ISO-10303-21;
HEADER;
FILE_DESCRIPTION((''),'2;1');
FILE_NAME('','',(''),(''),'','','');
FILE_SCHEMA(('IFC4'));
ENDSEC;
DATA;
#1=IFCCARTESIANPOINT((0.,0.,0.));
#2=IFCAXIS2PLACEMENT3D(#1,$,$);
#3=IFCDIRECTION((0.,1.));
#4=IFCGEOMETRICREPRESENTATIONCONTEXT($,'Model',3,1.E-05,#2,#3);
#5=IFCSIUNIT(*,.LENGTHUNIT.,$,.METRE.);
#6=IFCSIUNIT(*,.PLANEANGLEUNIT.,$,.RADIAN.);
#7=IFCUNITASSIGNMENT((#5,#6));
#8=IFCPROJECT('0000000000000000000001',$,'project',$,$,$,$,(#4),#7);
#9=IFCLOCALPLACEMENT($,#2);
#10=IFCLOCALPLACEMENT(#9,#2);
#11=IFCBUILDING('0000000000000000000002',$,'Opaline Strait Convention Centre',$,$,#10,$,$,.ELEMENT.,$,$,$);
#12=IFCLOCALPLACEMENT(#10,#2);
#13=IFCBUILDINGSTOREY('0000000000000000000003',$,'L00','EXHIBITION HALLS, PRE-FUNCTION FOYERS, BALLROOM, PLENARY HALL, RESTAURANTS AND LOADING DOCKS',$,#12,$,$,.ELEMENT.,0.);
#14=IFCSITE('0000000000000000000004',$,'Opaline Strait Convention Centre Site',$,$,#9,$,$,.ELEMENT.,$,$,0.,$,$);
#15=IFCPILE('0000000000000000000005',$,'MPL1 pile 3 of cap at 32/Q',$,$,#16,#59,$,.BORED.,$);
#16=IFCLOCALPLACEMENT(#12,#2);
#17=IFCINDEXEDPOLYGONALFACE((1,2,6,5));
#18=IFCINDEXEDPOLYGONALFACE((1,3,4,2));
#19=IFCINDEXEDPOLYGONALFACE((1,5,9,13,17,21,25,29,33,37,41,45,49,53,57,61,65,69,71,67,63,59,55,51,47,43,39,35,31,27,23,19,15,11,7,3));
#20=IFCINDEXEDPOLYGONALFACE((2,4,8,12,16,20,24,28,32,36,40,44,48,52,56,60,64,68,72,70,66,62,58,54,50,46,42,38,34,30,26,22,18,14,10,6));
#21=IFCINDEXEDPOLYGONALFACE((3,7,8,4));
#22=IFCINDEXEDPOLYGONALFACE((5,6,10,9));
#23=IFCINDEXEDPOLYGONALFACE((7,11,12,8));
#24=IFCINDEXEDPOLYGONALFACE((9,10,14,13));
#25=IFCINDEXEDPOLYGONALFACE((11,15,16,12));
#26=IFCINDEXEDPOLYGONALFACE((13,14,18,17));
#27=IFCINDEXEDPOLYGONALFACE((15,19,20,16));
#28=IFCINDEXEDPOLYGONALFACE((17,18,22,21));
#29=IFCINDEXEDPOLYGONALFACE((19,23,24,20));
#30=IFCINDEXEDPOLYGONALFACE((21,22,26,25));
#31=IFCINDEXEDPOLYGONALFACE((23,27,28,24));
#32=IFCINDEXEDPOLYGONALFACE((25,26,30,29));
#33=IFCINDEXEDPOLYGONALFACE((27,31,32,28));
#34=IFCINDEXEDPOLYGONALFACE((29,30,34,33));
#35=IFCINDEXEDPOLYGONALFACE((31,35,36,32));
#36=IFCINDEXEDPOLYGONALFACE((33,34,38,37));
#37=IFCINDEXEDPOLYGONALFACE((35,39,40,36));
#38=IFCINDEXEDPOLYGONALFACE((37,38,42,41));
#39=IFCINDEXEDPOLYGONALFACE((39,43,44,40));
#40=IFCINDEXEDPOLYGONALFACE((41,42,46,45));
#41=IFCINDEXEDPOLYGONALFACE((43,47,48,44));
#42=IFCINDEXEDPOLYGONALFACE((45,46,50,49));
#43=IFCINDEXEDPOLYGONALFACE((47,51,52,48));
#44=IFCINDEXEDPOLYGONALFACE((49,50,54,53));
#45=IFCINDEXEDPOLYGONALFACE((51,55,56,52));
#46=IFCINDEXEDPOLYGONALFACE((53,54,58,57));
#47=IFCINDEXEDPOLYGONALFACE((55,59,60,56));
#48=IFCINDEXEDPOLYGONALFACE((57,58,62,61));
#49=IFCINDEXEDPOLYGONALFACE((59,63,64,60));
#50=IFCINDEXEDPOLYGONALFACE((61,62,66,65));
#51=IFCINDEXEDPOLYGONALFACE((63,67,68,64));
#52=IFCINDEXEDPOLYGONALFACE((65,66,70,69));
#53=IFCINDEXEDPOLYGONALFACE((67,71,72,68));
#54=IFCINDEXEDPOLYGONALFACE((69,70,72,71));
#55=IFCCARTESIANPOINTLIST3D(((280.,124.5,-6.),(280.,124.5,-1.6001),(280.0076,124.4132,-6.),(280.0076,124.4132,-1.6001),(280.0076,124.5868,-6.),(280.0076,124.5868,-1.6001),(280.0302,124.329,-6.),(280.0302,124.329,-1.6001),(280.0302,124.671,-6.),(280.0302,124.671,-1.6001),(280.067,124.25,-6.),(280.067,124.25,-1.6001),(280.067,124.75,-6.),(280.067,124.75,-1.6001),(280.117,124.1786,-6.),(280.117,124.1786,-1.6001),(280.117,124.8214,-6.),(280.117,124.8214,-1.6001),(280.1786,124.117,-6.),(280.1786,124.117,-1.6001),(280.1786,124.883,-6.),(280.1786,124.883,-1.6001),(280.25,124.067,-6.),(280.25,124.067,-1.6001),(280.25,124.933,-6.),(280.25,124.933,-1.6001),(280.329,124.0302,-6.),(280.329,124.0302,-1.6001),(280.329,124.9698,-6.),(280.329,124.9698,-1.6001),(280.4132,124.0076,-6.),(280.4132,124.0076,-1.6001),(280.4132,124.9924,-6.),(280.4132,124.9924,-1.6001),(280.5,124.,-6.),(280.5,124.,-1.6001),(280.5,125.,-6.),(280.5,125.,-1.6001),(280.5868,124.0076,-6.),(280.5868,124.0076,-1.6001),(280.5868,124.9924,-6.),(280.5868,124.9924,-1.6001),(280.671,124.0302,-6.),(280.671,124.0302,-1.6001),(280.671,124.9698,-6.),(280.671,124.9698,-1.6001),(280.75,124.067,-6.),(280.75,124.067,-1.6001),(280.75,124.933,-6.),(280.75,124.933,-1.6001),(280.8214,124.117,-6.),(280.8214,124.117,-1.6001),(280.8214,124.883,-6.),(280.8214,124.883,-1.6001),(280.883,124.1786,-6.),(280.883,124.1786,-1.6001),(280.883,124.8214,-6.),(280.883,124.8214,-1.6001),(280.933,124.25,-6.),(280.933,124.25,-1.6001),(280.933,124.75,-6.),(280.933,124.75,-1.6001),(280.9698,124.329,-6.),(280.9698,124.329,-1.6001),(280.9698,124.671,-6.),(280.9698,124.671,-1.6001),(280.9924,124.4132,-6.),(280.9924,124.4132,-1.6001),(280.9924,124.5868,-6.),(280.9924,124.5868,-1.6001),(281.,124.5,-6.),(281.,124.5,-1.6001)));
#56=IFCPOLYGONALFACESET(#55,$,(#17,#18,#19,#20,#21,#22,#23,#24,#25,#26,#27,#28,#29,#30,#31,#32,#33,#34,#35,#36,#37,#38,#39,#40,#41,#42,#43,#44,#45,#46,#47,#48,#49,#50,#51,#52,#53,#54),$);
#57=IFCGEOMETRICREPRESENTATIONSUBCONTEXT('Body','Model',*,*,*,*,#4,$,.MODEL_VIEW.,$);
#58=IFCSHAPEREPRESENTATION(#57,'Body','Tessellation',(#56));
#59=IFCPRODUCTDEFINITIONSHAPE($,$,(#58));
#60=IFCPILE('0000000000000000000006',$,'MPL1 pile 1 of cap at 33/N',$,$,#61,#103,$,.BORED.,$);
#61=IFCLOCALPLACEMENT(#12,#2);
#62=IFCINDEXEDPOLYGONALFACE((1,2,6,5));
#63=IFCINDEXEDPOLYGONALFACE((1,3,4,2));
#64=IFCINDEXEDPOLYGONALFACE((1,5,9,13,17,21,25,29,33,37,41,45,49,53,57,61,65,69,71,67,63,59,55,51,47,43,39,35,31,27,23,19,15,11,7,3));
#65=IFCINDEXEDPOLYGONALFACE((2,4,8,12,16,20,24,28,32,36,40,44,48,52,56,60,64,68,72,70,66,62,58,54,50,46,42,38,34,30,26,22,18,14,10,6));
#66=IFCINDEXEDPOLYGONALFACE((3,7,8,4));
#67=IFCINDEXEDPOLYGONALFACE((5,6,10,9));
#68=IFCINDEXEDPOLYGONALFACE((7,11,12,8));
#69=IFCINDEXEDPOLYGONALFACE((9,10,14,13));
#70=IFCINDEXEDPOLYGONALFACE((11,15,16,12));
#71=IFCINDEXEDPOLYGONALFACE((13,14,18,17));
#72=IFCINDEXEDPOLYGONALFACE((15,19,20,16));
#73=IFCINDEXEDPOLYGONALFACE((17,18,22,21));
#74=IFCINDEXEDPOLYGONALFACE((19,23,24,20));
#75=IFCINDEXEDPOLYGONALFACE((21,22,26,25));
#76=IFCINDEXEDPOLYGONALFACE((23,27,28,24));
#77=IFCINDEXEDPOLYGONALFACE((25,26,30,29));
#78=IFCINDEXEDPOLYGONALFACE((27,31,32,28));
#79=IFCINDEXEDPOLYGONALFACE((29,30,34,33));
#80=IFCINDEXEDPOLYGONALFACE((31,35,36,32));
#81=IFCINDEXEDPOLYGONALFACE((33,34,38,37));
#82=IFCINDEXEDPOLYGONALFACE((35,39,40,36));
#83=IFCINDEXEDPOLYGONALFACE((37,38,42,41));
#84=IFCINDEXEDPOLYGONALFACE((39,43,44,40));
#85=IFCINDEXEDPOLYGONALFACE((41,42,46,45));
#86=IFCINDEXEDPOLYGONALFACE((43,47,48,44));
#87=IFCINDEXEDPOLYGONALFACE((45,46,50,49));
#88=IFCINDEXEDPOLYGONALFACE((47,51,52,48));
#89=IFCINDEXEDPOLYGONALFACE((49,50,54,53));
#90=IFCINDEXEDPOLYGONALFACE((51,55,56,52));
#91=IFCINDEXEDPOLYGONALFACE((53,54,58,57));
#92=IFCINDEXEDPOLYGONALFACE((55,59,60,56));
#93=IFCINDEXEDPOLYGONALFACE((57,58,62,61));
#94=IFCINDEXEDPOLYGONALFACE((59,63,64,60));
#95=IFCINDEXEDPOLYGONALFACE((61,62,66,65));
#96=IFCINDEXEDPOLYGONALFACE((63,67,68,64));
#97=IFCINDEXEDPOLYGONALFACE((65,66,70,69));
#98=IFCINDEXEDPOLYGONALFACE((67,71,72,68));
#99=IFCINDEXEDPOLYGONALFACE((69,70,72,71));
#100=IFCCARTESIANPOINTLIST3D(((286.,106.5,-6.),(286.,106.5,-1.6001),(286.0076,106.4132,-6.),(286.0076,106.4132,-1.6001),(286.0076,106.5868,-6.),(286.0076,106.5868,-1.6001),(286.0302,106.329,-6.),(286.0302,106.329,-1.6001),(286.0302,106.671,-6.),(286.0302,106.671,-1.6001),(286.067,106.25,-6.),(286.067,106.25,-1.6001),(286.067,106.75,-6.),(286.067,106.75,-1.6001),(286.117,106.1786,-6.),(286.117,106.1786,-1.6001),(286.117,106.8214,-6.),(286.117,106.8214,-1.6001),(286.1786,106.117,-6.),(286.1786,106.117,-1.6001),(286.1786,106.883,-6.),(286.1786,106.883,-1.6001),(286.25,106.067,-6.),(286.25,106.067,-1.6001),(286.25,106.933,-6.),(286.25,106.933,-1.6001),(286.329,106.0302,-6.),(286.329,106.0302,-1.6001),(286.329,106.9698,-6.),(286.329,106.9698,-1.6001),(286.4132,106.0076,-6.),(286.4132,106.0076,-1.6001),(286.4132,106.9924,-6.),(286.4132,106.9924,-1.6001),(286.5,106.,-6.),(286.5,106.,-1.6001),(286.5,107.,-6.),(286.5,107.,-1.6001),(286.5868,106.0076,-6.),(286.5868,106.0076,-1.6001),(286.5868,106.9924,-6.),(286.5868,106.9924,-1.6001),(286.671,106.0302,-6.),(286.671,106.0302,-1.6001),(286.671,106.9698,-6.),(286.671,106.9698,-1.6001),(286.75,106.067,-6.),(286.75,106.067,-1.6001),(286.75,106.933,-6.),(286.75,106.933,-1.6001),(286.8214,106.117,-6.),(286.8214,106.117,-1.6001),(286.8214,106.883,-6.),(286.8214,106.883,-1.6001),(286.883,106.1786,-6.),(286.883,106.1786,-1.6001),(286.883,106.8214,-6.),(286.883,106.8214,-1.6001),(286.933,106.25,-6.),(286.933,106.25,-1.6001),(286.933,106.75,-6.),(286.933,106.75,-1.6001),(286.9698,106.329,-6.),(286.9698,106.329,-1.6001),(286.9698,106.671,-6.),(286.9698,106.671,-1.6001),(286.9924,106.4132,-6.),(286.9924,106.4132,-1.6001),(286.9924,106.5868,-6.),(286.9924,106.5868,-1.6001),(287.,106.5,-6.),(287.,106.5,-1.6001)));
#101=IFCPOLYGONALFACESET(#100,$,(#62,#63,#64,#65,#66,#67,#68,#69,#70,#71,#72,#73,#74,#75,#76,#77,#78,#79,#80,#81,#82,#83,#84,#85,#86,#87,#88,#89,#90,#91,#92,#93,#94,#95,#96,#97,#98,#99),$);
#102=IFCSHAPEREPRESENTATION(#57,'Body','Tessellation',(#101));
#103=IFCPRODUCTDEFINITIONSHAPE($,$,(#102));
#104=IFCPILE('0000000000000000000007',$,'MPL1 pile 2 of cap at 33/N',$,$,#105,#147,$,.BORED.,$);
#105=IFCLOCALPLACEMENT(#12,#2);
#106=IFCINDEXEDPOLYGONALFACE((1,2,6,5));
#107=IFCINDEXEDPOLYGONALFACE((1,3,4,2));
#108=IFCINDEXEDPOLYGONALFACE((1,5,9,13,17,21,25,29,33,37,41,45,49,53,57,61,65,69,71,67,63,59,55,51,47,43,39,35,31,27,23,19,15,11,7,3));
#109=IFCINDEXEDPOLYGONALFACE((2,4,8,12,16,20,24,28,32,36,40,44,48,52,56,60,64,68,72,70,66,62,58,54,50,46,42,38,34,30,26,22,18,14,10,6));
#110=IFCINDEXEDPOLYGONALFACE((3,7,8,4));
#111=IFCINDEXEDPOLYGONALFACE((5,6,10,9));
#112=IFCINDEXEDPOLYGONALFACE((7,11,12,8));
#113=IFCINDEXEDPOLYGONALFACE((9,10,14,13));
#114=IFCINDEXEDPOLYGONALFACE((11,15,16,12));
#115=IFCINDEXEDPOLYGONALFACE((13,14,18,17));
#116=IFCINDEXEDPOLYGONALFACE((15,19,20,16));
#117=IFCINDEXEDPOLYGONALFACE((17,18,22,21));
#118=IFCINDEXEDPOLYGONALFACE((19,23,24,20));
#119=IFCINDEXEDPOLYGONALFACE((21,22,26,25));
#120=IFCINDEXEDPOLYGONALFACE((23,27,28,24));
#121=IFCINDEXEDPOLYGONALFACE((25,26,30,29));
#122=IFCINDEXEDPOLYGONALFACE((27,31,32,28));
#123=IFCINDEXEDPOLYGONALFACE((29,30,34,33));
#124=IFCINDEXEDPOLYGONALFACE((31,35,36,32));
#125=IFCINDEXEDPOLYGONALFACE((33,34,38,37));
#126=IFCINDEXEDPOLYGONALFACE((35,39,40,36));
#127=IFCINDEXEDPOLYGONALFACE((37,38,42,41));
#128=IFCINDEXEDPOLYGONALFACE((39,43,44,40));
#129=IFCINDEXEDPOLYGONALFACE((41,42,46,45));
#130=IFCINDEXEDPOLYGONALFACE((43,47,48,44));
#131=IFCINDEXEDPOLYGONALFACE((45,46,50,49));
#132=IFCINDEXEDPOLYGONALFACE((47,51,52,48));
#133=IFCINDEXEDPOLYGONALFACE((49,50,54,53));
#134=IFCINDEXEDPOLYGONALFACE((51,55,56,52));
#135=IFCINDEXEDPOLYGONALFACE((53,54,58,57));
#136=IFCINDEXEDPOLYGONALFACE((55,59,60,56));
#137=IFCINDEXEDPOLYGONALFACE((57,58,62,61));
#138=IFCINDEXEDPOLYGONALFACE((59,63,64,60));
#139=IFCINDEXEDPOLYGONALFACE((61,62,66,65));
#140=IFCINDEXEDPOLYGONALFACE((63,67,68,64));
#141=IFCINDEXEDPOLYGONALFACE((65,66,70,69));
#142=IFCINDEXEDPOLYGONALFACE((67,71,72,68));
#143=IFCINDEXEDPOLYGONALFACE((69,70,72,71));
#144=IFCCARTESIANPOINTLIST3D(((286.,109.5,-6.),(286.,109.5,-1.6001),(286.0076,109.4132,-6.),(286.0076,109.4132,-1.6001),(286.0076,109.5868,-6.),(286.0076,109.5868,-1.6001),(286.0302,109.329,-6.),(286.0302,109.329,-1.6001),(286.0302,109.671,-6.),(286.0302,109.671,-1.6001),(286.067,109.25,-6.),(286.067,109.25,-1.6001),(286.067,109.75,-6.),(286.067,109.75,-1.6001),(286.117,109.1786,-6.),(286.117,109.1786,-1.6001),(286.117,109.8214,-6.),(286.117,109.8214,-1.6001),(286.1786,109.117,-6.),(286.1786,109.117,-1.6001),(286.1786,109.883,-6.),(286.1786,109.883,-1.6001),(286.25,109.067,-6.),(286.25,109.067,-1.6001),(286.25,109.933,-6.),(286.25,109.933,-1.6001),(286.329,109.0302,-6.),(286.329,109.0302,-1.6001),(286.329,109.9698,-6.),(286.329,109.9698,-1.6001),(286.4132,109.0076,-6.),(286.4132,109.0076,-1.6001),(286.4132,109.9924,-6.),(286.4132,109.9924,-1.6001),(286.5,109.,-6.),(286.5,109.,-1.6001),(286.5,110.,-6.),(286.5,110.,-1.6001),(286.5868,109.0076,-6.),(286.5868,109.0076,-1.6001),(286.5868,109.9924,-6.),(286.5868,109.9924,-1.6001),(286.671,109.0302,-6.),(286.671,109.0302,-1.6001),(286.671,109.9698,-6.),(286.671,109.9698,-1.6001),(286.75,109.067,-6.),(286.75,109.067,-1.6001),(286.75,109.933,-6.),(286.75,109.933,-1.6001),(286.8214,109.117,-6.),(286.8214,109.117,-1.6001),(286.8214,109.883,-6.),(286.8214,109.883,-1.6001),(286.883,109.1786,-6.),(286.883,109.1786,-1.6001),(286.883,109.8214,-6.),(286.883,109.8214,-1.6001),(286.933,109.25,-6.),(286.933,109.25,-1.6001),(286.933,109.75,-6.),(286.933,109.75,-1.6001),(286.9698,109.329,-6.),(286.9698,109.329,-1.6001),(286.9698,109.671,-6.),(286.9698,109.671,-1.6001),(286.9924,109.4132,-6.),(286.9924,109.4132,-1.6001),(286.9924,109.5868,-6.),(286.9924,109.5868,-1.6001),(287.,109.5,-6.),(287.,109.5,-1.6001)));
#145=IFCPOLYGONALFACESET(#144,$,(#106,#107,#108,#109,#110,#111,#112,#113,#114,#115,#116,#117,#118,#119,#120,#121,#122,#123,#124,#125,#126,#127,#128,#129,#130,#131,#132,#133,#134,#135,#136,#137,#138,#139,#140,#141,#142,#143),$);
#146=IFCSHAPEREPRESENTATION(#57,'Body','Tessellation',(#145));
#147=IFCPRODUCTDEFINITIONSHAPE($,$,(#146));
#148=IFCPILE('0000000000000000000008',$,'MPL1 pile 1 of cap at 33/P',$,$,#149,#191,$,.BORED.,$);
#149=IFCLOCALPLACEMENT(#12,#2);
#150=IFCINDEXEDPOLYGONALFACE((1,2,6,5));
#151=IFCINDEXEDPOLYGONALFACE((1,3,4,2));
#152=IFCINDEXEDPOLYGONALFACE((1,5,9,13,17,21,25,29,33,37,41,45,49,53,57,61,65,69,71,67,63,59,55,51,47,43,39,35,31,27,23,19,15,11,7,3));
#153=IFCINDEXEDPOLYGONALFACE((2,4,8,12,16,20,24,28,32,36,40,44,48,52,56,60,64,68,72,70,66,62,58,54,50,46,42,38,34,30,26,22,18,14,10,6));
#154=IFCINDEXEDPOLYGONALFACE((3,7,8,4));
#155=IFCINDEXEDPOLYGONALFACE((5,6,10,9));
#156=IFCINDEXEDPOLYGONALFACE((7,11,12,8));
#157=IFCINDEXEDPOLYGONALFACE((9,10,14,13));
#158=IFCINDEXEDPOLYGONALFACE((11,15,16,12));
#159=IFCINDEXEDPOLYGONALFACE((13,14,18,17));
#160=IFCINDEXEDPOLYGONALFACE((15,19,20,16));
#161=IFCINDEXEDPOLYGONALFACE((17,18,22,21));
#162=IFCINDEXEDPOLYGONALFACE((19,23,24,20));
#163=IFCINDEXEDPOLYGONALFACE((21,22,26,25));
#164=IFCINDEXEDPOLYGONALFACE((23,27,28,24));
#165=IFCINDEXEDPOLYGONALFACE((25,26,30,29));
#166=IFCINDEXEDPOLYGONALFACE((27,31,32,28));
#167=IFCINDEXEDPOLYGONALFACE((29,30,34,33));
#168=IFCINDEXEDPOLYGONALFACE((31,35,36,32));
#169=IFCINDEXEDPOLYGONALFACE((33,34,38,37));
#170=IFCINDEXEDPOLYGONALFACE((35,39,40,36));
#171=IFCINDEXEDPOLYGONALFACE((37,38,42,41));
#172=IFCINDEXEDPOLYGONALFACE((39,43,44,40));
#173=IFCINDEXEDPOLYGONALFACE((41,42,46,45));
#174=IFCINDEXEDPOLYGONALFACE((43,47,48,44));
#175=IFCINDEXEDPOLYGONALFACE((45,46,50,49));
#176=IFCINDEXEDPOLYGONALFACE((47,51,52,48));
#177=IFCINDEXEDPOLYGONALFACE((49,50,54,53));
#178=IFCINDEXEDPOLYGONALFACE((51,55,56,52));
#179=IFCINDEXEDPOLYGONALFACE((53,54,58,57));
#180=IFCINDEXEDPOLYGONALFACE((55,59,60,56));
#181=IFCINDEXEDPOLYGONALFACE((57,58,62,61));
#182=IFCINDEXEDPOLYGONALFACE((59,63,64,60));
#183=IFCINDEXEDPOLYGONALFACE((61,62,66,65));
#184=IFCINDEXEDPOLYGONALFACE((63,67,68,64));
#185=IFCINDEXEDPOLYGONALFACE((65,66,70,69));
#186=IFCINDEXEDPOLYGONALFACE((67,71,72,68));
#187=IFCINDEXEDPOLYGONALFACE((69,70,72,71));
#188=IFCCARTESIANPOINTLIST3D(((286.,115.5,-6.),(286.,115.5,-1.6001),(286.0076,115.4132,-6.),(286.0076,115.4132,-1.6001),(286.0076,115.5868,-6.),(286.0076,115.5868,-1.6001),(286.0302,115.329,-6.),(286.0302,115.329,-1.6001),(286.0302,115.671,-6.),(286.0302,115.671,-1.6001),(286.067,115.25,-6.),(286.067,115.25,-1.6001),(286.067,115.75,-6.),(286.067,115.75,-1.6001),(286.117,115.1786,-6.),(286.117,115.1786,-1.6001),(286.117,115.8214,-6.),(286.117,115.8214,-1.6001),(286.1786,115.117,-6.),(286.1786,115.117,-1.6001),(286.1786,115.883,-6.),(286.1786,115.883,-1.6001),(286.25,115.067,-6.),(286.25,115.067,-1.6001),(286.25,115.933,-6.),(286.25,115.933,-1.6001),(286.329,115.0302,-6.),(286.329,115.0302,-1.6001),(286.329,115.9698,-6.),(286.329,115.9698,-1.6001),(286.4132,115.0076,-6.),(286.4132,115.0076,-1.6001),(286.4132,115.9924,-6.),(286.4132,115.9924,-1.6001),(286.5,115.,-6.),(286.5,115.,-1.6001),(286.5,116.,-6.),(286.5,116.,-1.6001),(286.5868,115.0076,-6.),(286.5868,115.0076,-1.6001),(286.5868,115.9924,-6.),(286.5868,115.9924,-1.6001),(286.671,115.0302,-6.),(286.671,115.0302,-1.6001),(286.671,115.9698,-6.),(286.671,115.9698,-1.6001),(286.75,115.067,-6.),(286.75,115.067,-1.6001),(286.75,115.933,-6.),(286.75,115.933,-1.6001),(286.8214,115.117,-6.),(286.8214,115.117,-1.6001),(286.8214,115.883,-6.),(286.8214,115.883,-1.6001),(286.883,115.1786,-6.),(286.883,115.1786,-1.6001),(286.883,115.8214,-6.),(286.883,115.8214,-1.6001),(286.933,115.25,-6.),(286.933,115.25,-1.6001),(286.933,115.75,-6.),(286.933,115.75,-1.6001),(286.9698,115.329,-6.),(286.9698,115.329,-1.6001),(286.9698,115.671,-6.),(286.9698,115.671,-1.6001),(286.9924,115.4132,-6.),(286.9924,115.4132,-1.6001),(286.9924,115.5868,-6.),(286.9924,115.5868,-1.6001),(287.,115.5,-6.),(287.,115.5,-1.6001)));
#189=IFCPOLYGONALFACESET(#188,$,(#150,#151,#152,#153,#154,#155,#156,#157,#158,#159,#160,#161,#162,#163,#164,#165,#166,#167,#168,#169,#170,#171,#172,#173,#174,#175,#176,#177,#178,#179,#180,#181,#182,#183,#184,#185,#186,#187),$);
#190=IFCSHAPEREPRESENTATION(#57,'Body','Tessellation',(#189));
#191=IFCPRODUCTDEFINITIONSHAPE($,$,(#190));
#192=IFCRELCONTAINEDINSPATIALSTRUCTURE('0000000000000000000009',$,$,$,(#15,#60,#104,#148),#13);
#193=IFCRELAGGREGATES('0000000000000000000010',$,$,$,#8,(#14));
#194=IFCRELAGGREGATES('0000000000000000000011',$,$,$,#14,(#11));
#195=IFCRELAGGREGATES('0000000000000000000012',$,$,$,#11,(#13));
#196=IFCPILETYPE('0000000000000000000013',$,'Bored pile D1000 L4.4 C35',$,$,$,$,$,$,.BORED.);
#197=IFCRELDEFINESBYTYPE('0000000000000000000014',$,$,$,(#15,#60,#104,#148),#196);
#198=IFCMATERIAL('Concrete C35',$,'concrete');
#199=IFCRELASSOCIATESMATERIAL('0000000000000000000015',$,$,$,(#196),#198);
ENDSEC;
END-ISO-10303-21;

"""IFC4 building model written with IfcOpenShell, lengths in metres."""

from ifc_helpers import new_model, si_unit, direction, frame, origin, origin_2d, place, context, subcontext, project, spatial, circle, extrude, material, material_profile, profile_set, type_object, element, save


model = new_model("IFC4")

# Units and contexts
model_context = context("Model", 3, precision=1e-05, world=origin(), true_north=direction((0.0, 1.0)))
body_context = subcontext(model_context, "Body", "Model", "MODEL_VIEW")
ifc_project = project(units=[si_unit("LENGTHUNIT", "METRE"), si_unit("PLANEANGLEUNIT", "RADIAN")], contexts=[model_context])

# Site, building, storey
site_placement = place(None, origin())
site = spatial("IfcSite", under=ifc_project, at=site_placement, Name="Opaline Strait Convention Centre Site", CompositionType="ELEMENT", RefElevation=0.0)
building_placement = place(site_placement, origin())
building = spatial("IfcBuilding", under=site, at=building_placement, Name="Opaline Strait Convention Centre", CompositionType="ELEMENT")
storey_placement = place(building_placement, origin())
storey = spatial("IfcBuildingStorey", under=building, at=storey_placement, Name="L00", Description="EXHIBITION HALLS, PRE-FUNCTION FOYERS, BALLROOM, PLENARY HALL, RESTAURANTS AND LOADING DOCKS", CompositionType="ELEMENT", Elevation=0.0)

# Piles
ifc_material_1 = material(Name="Concrete C35", Category="concrete")
ifc_material_profile_1 = material_profile(ifc_material_1, circle(Radius=0.5, at=origin_2d()), Name="D1000")
ifc_profile_set_1 = profile_set([ifc_material_profile_1], Name="Concrete C35")
pile_type = type_object("IfcPileType", Name="Bored pile D1000 L4.4 C35", PredefinedType="BORED", material=ifc_profile_set_1)
for number, where, z_axis, x_axis, name in (
    (1, (280.5, 124.5, -1.6001), (0.0, 0.0, -1.0), (1.0, 0.0, 0.0), "MPL1 pile 3 of cap at 32/Q"),
    (2, (286.5, 106.5, -1.6001), (0.0, 0.0, -1.0), (1.0, 0.0, 0.0), "MPL1 pile 1 of cap at 33/N"),
    (3, (286.5, 109.5, -1.6001), (0.0, 0.0, -1.0), (1.0, 0.0, 0.0), "MPL1 pile 2 of cap at 33/N"),
    (4, (286.5, 115.5, -1.6001), (0.0, 0.0, -1.0), (1.0, 0.0, 0.0), "MPL1 pile 1 of cap at 33/P"),
):
    element("IfcPile", number, at=place(storey_placement, frame(where, z_axis=z_axis, x_axis=x_axis)), inside=storey, type_object=pile_type, Name=name, PredefinedType="BORED", context=body_context, shape_type="SweptSolid", body=[
        extrude(circle(Radius=0.5, at=origin_2d()), origin(), (0.0, 0.0, 1.0), 4.3999),
    ])

save(model, "model.ifc")
